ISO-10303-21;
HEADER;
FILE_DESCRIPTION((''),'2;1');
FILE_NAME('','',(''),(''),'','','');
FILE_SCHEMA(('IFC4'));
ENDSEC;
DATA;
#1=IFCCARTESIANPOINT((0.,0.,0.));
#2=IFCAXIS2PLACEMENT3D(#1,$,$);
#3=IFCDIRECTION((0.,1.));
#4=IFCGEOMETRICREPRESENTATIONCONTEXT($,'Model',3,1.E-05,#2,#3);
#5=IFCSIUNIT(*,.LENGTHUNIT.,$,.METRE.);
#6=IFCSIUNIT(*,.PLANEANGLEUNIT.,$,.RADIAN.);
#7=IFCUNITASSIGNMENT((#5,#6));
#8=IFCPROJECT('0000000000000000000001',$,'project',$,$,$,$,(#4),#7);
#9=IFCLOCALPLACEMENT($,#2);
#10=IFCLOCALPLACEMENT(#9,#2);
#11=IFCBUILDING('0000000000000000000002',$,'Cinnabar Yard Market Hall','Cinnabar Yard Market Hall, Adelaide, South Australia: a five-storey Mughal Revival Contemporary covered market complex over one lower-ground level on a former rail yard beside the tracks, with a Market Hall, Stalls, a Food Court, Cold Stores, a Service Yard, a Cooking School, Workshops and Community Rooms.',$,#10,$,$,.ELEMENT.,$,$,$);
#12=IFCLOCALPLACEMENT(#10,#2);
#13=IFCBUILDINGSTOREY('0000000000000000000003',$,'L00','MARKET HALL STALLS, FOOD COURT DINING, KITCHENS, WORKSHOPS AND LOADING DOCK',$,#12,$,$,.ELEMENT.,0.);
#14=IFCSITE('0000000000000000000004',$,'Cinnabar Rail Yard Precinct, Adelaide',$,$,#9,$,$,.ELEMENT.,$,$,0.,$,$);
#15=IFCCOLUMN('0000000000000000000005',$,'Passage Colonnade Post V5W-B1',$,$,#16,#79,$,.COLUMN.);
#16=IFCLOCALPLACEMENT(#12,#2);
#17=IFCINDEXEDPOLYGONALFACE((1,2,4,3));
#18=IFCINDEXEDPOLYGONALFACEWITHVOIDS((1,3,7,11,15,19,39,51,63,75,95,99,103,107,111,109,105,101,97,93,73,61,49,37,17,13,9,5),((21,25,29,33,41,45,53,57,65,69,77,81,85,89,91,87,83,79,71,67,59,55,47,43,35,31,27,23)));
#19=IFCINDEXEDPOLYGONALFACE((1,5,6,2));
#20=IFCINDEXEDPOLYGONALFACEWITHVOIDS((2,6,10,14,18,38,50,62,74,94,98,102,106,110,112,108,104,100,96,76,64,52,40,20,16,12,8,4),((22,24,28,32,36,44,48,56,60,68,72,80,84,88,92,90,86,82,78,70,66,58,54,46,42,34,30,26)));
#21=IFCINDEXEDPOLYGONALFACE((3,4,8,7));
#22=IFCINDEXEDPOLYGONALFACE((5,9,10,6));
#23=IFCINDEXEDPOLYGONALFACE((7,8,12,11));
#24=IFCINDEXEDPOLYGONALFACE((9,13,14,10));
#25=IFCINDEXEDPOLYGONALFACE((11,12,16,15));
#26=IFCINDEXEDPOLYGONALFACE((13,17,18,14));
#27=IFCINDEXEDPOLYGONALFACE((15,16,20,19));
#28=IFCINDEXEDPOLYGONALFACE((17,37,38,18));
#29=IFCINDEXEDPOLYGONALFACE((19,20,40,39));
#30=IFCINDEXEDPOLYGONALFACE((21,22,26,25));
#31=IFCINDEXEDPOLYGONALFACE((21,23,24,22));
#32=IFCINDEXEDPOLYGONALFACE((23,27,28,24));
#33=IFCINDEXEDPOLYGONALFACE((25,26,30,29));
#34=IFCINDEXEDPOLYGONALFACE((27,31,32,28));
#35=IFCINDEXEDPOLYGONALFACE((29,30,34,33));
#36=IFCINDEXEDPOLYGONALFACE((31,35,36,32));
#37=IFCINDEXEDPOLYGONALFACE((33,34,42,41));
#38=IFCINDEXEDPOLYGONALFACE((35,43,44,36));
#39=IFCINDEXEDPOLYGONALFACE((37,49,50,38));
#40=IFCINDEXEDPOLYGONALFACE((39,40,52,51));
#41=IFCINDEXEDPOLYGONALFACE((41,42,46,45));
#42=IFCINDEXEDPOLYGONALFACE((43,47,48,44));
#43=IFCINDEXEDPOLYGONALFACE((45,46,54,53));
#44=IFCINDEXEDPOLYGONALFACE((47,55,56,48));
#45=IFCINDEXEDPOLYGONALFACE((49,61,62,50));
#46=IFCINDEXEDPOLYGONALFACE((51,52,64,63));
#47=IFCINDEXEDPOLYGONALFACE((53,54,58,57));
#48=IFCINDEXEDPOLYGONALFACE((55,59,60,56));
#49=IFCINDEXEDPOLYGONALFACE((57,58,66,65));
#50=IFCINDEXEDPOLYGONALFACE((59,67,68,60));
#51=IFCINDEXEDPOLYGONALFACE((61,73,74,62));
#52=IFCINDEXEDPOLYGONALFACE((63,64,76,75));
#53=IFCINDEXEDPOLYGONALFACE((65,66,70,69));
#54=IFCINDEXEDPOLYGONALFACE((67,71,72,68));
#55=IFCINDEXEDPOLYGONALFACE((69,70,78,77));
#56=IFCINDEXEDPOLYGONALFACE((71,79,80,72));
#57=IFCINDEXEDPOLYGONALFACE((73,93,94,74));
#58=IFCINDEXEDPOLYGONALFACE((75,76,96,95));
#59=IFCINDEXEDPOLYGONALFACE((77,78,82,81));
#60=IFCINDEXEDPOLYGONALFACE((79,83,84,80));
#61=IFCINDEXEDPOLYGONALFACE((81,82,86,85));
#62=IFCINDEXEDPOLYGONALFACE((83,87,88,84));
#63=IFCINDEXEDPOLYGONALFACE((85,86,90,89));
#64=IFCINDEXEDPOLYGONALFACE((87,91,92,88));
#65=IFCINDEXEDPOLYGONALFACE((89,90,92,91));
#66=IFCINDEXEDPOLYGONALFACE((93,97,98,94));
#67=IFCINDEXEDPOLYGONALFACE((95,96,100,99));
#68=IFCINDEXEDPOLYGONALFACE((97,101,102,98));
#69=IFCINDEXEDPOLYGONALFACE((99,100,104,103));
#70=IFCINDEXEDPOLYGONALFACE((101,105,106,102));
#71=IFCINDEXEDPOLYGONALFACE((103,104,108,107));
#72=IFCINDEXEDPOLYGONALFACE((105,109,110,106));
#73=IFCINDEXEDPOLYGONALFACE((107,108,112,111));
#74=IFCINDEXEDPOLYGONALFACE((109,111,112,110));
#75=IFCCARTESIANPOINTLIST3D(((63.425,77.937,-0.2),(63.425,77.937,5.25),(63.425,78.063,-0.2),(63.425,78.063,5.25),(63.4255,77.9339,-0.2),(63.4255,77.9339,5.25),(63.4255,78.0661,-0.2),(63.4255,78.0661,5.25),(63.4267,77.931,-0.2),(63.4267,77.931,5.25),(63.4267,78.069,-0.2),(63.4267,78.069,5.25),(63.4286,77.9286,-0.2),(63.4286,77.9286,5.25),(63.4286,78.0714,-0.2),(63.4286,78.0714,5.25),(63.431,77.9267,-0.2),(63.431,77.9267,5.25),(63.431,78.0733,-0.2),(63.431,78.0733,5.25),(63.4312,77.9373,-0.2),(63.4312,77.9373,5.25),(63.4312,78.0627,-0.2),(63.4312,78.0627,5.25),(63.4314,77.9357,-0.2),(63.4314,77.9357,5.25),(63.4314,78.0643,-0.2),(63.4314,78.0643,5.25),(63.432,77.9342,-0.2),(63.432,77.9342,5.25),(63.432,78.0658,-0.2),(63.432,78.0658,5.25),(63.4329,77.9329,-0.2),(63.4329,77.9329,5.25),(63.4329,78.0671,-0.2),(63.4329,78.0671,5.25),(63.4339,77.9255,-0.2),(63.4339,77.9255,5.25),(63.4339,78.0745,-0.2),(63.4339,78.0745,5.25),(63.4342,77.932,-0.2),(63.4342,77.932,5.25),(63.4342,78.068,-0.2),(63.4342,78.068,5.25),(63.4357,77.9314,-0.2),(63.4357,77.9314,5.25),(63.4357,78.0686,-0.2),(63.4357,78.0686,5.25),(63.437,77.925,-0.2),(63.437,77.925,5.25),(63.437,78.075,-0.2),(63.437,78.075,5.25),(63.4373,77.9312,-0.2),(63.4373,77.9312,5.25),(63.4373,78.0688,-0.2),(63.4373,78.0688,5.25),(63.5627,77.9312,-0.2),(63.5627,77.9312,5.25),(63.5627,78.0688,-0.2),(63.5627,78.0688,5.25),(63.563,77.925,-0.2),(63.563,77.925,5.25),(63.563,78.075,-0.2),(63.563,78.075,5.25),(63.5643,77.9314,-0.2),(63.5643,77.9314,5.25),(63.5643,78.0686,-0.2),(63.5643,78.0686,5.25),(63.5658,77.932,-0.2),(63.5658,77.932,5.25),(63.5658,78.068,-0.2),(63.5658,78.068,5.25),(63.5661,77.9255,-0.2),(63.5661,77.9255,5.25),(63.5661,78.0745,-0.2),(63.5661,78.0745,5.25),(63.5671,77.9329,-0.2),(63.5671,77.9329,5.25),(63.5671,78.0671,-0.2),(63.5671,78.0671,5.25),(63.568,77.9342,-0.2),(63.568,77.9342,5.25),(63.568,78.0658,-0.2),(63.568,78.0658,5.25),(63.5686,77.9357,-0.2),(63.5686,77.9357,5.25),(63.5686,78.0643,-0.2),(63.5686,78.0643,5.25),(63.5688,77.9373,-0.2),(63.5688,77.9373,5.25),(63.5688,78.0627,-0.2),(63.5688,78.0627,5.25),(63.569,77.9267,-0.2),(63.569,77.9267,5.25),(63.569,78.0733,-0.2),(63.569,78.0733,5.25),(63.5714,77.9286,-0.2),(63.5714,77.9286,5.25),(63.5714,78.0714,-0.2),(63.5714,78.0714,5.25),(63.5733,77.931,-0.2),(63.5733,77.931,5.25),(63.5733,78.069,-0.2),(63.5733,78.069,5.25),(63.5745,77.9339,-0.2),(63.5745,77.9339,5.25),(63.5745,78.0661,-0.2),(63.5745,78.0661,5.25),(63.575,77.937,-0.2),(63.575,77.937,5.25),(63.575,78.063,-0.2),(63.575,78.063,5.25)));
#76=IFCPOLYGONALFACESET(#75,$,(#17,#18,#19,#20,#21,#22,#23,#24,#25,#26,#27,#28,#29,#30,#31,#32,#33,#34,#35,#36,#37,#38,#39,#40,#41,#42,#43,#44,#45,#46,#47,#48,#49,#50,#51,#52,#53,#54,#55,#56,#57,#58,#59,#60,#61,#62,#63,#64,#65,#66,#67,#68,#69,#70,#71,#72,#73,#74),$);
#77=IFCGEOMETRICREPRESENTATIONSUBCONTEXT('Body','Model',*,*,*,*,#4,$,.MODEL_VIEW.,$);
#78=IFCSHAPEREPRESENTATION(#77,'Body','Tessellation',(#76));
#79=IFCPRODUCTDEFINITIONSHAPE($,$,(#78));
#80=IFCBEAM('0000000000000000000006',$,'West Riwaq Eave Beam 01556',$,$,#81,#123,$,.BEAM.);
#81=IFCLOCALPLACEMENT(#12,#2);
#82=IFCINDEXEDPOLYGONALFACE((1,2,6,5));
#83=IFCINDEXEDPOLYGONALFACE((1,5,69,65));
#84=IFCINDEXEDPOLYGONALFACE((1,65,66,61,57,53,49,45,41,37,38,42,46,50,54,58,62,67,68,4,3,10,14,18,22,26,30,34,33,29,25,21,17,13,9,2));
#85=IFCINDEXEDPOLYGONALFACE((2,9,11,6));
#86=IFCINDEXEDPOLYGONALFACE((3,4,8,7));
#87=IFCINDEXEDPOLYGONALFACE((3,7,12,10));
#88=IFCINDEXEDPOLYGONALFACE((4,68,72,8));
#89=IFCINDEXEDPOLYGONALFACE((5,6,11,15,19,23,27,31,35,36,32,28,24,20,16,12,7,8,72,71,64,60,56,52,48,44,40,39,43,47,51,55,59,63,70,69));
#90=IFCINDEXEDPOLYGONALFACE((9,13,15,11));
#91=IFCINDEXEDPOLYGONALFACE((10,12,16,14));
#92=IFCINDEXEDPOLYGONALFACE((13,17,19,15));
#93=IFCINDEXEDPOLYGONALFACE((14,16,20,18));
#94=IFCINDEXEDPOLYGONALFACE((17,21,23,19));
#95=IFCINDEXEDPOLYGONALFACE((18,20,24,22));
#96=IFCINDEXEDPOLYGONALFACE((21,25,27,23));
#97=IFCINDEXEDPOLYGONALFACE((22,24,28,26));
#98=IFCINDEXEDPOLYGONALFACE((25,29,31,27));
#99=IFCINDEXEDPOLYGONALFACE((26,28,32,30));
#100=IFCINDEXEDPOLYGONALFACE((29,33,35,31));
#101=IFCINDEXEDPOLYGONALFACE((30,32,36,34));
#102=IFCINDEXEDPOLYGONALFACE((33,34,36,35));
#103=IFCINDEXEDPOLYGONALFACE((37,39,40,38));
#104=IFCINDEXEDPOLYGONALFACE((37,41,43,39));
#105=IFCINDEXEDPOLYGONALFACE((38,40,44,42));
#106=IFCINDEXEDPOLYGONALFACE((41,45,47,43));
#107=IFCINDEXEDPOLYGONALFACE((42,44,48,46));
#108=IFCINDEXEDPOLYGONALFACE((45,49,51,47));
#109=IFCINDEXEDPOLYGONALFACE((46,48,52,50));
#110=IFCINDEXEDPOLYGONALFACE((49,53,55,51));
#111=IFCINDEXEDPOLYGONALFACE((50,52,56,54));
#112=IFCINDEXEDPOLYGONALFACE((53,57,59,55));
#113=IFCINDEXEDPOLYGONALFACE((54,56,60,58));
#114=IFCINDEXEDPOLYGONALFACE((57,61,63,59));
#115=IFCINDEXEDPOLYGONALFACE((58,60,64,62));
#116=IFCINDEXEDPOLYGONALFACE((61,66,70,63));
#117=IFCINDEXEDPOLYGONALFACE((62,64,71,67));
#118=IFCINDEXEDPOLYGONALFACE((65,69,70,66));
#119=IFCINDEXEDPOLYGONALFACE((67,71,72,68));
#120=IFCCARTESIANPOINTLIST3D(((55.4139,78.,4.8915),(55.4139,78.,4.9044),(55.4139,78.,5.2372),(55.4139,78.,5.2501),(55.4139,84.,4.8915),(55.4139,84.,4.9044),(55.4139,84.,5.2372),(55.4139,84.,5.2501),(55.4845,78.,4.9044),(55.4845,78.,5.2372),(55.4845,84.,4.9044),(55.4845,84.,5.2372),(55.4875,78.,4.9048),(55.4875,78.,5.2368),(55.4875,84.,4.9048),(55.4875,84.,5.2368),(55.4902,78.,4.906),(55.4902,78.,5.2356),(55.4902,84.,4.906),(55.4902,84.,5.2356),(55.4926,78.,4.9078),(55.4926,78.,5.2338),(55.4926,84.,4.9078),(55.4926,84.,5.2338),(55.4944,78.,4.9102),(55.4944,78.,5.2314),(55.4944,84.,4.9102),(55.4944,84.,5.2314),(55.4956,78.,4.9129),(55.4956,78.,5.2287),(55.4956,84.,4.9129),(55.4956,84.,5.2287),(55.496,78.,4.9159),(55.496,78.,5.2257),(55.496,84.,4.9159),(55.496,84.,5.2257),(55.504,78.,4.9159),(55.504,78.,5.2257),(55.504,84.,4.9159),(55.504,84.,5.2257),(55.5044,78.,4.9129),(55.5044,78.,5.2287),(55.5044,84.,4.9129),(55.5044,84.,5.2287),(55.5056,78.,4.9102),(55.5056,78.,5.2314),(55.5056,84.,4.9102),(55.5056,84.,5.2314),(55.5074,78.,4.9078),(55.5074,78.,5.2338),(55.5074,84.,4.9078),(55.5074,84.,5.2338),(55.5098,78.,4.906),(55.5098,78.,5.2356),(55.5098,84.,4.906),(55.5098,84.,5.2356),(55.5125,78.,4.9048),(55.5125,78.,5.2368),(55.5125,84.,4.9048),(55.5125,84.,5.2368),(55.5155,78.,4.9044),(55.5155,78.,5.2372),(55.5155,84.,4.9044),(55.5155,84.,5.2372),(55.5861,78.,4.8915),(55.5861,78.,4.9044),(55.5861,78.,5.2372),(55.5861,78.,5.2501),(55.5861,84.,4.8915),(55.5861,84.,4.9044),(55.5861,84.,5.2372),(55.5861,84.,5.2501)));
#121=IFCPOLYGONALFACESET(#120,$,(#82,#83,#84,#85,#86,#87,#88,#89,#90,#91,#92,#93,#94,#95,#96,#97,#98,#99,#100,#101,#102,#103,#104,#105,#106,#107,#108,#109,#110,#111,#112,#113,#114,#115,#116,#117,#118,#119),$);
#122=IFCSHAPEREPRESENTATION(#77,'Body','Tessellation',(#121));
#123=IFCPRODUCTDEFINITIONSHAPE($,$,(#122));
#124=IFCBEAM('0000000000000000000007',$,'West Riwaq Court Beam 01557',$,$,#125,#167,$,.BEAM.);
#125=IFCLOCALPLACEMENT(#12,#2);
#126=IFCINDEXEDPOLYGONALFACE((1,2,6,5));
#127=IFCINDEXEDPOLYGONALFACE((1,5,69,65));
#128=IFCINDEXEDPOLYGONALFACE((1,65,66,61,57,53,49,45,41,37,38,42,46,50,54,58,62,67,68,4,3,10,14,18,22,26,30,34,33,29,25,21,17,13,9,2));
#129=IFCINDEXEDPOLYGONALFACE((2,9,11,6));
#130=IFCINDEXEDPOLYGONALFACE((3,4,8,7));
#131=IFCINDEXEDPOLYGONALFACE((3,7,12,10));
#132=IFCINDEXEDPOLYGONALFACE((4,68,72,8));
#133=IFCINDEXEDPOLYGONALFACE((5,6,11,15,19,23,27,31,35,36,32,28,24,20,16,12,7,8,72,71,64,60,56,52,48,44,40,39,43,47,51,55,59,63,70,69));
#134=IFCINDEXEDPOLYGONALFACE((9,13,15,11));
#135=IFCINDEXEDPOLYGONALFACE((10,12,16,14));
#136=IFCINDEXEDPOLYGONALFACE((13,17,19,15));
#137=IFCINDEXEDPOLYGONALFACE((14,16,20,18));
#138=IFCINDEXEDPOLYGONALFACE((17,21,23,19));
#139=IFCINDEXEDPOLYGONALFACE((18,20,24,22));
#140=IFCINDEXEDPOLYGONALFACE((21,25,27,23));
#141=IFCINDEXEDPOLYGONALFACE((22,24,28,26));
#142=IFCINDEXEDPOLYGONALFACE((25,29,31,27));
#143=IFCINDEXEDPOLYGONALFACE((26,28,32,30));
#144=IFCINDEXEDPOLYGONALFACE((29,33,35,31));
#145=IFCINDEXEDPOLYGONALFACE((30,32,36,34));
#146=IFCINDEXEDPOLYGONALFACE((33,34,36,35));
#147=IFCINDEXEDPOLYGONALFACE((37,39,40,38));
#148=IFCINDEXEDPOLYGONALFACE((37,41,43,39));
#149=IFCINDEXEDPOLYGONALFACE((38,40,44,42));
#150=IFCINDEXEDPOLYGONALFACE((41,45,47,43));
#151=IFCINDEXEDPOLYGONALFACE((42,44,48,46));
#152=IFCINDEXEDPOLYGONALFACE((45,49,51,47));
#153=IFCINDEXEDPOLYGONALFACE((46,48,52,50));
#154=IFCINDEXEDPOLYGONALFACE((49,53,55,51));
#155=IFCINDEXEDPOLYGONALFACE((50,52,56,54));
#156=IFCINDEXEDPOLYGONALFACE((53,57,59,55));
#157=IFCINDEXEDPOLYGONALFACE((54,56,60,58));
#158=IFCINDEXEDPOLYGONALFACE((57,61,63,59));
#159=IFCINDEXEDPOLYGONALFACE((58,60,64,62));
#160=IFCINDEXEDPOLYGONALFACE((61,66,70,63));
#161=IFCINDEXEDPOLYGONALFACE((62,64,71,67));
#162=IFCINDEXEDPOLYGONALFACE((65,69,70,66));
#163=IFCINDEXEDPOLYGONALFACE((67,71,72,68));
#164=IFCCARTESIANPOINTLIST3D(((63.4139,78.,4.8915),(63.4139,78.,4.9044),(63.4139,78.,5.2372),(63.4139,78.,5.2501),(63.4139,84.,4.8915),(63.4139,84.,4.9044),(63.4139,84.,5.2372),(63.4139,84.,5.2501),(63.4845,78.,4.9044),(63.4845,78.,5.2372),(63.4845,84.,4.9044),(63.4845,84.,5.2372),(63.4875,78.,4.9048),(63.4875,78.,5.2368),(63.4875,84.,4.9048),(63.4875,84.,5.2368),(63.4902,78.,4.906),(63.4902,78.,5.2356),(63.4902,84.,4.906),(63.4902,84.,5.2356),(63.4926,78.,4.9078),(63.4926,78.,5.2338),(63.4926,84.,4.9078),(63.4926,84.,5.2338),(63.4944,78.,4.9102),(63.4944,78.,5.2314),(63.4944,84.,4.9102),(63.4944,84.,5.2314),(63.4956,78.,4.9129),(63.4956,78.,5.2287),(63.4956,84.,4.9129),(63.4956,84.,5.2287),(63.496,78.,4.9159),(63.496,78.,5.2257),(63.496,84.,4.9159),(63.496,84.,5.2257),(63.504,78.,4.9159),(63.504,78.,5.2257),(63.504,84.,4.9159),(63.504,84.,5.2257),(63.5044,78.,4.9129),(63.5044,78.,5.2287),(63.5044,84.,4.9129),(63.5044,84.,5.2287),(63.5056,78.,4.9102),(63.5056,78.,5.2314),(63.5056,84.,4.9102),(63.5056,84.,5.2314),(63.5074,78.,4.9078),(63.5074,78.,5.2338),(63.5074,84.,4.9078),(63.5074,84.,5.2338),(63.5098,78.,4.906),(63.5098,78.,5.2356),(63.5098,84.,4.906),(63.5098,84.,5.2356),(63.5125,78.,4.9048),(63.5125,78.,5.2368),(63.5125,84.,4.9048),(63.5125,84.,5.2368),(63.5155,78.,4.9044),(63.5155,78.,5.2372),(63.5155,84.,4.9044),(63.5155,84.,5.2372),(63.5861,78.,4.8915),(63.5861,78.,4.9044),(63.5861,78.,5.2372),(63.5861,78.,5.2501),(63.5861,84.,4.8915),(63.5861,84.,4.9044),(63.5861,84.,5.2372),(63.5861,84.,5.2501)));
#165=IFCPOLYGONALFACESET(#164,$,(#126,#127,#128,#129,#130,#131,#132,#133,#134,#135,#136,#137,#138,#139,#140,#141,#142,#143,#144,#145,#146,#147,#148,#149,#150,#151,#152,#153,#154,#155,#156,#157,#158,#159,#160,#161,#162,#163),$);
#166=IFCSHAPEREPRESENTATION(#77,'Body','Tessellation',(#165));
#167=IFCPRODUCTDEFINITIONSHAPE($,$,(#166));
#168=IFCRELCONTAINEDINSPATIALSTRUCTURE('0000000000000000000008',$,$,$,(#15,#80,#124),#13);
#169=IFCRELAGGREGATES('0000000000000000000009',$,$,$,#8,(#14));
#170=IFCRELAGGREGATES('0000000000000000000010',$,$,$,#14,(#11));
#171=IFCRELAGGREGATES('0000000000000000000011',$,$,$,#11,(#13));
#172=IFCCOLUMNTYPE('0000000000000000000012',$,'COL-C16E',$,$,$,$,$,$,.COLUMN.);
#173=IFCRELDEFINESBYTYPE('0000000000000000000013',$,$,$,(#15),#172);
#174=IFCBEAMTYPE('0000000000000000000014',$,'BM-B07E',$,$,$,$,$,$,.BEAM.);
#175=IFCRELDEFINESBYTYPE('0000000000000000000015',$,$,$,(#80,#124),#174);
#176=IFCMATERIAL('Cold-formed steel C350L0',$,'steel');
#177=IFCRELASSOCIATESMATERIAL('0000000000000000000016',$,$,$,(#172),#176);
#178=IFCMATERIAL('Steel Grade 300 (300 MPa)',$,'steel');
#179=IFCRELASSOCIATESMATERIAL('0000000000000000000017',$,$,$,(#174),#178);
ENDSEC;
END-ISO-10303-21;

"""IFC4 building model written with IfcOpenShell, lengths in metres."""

from ifc_helpers import new_model, si_unit, direction, frame, origin, origin_2d_with_axis, place, context, subcontext, project, spatial, hollow_rectangle, i_section, extrude, material, material_profile, profile_set, type_object, element, save


model = new_model("IFC4")

# Units and contexts
model_context = context("Model", 3, precision=1e-05, world=origin(), true_north=direction((0.0, 1.0)))
body_context = subcontext(model_context, "Body", "Model", "MODEL_VIEW")
ifc_project = project(units=[si_unit("LENGTHUNIT", "METRE"), si_unit("PLANEANGLEUNIT", "RADIAN")], contexts=[model_context])

# Site, building, storey
site_placement = place(None, origin())
site = spatial("IfcSite", under=ifc_project, at=site_placement, Name="Cinnabar Rail Yard Precinct, Adelaide", CompositionType="ELEMENT", RefElevation=0.0)
building_placement = place(site_placement, origin())
building = spatial("IfcBuilding", under=site, at=building_placement, Name="Cinnabar Yard Market Hall", Description="Cinnabar Yard Market Hall, Adelaide, South Australia: a five-storey Mughal Revival Contemporary covered market complex over one lower-ground level on a former rail yard beside the tracks, with a Market Hall, Stalls, a Food Court, Cold Stores, a Service Yard, a Cooking School, Workshops and Community Rooms.", CompositionType="ELEMENT")
storey_placement = place(building_placement, origin())
storey = spatial("IfcBuildingStorey", under=building, at=storey_placement, Name="L00", Description="MARKET HALL STALLS, FOOD COURT DINING, KITCHENS, WORKSHOPS AND LOADING DOCK", CompositionType="ELEMENT", Elevation=0.0)

# Column
ifc_material_1 = material(Name="Steel Grade 300 (300 MPa)", Category="steel")
ifc_material_2 = material(Name="Cold-formed steel C350L0", Category="steel")
ifc_material_profile_1 = material_profile(ifc_material_2, hollow_rectangle(XDim=0.1499, YDim=0.1499, WallThickness=0.0061, InnerFilletRadius=0.0061, OuterFilletRadius=0.012, at=origin_2d_with_axis()), Name="150x150x6.0SHS")
ifc_profile_set_1 = profile_set([ifc_material_profile_1], Name="Cold-formed steel C350L0")
column_type_1 = type_object("IfcColumnType", Name="COL-C16E", PredefinedType="COLUMN", material=ifc_profile_set_1)
column_1_placement = place(storey_placement, frame((63.5, 78.0, -0.2), z_axis=(0.0, 0.0, 1.0), x_axis=(1.0, 0.0, 0.0)))
element("IfcColumn", 1, at=column_1_placement, inside=storey, type_object=column_type_1, Name="Passage Colonnade Post V5W-B1", PredefinedType="COLUMN", context=body_context, shape_type="SweptSolid", body=[
    extrude(hollow_rectangle(XDim=0.1499, YDim=0.1499, WallThickness=0.0061, InnerFilletRadius=0.0061, OuterFilletRadius=0.012, at=origin_2d_with_axis()), origin(), (0.0, 0.0, 1.0), 5.45),
])

# Beams
ifc_material_profile_2 = material_profile(ifc_material_1, i_section(OverallWidth=0.1721, OverallDepth=0.3586, WebThickness=0.0081, FlangeThickness=0.0129, FilletRadius=0.0115, at=origin_2d_with_axis()), Name="360UB56.7")
ifc_profile_set_2 = profile_set([ifc_material_profile_2], Name="Steel Grade 300 (300 MPa)")
beam_type_1 = type_object("IfcBeamType", Name="BM-B07E", PredefinedType="BEAM", material=ifc_profile_set_2)
for number, where, z_axis, x_axis, name in (
    (2, (55.5, 78.0, 5.0708), (0.0, 1.0, 0.0), (-1.0, 0.0, 0.0), "West Riwaq Eave Beam 01556"),
    (3, (63.5, 78.0, 5.0708), (0.0, 1.0, 0.0), (-1.0, 0.0, 0.0), "West Riwaq Court Beam 01557"),
):
    element("IfcBeam", number, at=place(storey_placement, frame(where, z_axis=z_axis, x_axis=x_axis)), inside=storey, type_object=beam_type_1, Name=name, PredefinedType="BEAM", context=body_context, shape_type="SweptSolid", body=[
        extrude(i_section(OverallWidth=0.1721, OverallDepth=0.3586, WebThickness=0.0081, FlangeThickness=0.0129, FilletRadius=0.0115, at=origin_2d_with_axis()), origin(), (0.0, 0.0, 1.0), 6.0),
    ])

save(model, "model.ifc")
